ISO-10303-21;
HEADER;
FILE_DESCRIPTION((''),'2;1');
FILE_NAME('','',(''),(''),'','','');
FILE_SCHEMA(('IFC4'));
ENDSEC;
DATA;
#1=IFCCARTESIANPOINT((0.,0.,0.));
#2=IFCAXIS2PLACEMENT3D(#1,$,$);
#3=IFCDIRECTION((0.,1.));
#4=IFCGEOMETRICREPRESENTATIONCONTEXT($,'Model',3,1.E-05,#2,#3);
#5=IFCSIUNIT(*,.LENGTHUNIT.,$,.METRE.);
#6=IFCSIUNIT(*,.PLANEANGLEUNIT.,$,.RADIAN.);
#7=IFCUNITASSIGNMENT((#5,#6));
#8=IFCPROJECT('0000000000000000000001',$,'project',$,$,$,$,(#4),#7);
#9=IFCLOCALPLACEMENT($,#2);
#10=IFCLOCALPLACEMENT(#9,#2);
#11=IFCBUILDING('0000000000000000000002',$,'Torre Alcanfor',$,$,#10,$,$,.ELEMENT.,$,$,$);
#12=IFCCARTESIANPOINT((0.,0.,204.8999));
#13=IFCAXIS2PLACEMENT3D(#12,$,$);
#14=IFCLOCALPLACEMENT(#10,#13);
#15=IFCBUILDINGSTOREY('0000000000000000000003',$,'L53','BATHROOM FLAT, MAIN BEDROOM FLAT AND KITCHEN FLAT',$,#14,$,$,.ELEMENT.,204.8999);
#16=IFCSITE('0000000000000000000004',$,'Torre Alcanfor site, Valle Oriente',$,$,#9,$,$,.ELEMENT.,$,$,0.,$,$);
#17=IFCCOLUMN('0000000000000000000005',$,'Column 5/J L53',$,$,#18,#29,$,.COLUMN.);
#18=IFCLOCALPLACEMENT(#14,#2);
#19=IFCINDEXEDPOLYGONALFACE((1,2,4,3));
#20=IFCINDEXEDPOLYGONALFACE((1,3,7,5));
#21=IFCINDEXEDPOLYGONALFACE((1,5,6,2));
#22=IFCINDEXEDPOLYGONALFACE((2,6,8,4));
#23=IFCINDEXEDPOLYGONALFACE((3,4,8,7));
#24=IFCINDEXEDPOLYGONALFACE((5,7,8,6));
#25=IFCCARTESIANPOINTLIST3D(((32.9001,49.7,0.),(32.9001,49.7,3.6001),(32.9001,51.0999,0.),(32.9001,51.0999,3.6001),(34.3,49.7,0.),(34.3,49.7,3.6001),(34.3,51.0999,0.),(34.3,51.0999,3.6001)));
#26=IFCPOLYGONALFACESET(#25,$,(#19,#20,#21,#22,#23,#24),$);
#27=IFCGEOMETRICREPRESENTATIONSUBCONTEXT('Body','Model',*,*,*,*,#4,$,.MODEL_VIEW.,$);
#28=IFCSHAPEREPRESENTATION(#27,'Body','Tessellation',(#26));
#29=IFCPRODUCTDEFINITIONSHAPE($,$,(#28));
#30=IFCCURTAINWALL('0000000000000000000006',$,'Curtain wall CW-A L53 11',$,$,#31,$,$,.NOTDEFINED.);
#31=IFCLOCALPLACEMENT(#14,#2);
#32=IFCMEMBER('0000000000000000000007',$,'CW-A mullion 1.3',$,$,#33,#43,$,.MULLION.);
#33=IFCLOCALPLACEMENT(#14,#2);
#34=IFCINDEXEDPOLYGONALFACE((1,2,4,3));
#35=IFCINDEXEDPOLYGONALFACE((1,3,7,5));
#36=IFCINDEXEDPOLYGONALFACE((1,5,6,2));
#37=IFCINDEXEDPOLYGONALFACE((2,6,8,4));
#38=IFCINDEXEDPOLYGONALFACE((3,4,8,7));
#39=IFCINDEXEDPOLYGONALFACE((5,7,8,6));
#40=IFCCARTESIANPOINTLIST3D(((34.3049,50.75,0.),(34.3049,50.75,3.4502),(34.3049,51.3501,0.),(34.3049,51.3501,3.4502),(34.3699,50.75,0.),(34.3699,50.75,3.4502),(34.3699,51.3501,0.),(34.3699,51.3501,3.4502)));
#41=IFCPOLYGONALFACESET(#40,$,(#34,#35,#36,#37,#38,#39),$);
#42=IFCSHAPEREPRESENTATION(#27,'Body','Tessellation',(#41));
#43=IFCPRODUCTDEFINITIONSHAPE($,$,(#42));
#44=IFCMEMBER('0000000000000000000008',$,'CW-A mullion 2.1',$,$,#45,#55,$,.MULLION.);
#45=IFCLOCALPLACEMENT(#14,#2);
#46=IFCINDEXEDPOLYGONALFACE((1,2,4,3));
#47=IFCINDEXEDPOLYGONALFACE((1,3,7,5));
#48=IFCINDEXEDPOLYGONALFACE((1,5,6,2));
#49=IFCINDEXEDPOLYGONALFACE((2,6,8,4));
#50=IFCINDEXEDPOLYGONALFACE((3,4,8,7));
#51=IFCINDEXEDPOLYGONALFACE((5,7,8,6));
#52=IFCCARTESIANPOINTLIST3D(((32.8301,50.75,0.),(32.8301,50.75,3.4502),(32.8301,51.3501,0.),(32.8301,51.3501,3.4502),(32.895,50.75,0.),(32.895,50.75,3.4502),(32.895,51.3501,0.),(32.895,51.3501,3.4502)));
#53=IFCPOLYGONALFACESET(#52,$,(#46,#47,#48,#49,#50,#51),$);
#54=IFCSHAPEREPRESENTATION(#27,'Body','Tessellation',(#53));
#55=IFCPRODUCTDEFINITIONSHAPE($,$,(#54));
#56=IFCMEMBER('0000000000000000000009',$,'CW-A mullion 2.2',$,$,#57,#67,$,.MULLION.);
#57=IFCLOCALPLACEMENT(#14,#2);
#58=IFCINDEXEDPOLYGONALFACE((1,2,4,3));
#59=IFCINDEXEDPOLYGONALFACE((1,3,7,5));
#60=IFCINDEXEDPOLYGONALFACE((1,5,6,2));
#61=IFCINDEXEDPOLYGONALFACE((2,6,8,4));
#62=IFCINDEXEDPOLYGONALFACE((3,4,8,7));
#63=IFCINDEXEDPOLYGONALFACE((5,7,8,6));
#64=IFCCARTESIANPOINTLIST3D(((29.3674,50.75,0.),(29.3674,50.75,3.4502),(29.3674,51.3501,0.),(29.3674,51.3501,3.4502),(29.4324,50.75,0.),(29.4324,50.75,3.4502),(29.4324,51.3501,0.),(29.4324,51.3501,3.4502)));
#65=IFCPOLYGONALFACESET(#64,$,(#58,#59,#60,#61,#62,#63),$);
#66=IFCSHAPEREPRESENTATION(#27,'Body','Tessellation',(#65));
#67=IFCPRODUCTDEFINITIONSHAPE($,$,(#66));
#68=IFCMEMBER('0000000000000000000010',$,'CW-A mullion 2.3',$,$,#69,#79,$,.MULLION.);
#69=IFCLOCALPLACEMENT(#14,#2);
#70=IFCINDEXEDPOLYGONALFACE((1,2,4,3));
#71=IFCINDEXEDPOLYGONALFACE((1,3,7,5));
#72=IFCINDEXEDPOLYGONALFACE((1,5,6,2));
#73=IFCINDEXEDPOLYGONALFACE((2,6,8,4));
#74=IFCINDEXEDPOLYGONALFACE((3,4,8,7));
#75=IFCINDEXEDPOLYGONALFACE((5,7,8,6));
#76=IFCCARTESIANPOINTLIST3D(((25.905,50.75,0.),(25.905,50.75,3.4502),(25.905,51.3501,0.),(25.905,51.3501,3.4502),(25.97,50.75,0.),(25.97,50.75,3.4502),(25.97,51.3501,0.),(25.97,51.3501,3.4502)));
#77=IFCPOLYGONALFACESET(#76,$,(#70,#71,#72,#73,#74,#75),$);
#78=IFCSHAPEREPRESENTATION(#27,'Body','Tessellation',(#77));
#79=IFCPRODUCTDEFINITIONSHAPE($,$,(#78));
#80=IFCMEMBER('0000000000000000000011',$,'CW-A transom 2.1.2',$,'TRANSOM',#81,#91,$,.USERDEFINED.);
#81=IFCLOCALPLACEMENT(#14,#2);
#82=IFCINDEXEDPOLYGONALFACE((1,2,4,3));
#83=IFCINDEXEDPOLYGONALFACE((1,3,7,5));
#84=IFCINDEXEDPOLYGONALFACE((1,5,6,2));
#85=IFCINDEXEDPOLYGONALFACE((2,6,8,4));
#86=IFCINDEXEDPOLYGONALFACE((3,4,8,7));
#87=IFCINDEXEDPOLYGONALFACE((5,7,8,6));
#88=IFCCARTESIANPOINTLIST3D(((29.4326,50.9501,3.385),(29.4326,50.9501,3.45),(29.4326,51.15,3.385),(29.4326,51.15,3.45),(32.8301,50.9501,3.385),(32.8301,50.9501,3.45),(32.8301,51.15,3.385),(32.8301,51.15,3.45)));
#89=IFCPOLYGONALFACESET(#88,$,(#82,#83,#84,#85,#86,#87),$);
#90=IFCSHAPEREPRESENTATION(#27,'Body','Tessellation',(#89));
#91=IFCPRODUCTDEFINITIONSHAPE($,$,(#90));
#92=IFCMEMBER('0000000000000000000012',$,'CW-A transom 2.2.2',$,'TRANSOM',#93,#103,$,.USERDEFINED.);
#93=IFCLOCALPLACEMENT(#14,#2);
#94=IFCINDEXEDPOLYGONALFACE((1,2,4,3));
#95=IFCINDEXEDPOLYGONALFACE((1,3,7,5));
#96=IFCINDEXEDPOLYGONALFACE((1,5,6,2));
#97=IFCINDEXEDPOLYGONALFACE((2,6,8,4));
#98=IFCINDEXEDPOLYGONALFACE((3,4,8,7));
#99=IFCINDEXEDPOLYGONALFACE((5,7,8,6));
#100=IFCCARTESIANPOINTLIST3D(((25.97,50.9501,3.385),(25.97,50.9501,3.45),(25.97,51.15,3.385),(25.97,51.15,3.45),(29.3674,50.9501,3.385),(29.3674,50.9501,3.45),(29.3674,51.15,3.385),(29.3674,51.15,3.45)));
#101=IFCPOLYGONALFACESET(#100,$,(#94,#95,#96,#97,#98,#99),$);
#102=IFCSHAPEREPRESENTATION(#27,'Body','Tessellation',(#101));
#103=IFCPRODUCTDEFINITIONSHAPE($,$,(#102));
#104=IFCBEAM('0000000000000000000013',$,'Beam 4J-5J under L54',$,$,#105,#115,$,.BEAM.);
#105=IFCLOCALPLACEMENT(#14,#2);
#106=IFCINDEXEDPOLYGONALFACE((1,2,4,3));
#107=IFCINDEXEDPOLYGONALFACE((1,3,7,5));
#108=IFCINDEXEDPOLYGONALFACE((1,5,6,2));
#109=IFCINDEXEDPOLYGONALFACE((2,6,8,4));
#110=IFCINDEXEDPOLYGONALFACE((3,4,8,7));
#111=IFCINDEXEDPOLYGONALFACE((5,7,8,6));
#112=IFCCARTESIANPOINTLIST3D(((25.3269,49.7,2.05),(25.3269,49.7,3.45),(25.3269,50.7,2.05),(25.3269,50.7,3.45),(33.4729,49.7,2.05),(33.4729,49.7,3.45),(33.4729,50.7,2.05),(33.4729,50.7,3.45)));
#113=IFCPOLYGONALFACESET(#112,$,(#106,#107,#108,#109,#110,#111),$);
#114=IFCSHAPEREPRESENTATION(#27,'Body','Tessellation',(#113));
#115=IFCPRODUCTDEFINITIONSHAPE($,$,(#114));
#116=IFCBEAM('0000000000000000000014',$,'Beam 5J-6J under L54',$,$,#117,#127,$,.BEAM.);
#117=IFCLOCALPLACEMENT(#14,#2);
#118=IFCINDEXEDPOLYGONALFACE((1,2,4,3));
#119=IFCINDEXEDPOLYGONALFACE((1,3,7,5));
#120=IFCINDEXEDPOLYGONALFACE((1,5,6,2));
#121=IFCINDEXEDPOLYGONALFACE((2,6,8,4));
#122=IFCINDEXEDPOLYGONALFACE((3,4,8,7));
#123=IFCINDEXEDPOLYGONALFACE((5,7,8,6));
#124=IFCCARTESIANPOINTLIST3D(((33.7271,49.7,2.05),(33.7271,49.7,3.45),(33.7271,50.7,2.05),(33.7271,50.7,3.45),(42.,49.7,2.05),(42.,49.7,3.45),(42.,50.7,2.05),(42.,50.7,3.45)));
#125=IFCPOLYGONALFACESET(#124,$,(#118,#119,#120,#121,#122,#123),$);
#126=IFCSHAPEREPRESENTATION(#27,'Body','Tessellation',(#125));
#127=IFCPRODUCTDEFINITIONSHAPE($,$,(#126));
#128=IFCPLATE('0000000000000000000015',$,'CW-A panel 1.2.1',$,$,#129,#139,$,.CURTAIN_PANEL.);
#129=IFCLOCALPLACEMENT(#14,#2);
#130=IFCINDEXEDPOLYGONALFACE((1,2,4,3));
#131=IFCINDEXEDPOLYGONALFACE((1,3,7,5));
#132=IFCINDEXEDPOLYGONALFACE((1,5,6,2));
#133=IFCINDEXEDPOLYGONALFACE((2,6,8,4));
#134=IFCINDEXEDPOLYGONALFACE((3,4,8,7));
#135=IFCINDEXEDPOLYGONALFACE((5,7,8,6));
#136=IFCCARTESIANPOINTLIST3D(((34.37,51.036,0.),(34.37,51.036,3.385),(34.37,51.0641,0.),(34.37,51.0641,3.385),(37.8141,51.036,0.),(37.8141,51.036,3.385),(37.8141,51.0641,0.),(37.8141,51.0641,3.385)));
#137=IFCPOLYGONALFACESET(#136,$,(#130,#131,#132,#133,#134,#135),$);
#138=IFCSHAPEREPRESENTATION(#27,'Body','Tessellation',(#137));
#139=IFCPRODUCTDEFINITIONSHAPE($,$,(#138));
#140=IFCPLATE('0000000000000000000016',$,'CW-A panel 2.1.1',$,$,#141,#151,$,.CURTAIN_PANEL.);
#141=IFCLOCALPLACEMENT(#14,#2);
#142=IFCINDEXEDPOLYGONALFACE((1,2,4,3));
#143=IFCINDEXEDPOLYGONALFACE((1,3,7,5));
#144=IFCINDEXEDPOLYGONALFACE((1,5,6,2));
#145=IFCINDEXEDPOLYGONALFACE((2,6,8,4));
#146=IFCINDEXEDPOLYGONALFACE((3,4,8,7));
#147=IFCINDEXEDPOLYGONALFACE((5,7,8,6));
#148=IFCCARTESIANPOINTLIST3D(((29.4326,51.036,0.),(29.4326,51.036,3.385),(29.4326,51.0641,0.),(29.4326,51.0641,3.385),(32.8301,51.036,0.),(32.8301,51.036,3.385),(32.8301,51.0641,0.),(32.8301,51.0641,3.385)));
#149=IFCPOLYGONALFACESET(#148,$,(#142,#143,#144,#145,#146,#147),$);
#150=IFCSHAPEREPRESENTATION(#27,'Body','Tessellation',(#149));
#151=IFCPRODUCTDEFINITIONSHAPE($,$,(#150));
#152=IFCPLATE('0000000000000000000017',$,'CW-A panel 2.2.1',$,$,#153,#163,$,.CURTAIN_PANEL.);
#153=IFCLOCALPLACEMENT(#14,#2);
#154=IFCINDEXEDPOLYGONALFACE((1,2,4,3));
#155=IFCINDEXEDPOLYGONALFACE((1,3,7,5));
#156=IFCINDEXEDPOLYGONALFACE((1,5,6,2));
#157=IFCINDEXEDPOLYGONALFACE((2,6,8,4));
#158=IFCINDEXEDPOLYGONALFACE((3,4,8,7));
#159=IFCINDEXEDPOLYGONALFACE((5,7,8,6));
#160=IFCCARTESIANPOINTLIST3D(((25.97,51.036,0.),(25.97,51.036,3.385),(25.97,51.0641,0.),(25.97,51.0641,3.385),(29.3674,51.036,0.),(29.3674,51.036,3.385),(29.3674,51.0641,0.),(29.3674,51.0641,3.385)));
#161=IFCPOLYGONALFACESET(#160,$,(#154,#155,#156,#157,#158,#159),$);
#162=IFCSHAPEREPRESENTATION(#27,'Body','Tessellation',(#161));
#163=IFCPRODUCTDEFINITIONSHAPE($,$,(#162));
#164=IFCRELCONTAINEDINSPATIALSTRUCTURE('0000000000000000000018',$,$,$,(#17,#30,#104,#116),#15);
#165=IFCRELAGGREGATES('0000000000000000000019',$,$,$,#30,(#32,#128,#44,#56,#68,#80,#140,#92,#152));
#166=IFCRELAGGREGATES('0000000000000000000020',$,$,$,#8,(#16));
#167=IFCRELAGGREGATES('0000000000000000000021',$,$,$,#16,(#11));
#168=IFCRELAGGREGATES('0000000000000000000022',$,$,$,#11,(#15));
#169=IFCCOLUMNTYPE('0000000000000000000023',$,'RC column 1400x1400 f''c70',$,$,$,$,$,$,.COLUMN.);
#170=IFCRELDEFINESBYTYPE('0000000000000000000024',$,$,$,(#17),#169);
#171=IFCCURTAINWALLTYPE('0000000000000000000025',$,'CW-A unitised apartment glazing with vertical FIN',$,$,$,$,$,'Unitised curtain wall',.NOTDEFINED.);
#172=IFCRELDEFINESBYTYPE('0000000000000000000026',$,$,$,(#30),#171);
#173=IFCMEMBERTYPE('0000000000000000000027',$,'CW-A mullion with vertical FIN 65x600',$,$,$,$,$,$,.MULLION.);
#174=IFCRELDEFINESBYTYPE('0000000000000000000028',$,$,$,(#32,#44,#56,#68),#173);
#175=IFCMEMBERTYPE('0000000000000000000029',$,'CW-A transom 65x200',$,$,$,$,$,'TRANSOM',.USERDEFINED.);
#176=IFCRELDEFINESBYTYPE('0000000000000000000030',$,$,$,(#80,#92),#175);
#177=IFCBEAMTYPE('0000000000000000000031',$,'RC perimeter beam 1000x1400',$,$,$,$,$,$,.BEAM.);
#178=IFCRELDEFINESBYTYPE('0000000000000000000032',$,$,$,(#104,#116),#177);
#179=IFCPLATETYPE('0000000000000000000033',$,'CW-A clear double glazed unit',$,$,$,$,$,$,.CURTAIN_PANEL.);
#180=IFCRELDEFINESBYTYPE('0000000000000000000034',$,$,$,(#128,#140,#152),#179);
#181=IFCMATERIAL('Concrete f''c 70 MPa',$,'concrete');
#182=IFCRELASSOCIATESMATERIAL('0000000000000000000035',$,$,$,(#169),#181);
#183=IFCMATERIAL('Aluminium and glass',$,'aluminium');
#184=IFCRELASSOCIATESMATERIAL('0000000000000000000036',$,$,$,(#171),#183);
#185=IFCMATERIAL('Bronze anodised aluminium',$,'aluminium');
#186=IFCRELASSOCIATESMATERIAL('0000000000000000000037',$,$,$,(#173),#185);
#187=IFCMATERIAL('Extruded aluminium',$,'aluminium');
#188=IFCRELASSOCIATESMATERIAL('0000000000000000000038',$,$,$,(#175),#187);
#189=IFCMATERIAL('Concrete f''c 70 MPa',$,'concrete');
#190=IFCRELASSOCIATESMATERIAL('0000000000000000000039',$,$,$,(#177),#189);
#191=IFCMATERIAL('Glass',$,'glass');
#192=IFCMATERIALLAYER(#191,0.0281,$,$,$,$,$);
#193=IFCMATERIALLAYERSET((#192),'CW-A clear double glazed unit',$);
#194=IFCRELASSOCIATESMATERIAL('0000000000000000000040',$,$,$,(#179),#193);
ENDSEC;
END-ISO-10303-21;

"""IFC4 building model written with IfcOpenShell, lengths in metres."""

from ifc_helpers import new_model, si_unit, direction, frame, origin, origin_2d, place, context, subcontext, project, spatial, rectangle, extrude, material, layer, layer_set, material_profile, profile_set, type_object, element, aggregate, save


model = new_model("IFC4")

# Units and contexts
model_context = context("Model", 3, precision=1e-05, world=origin(), true_north=direction((0.0, 1.0)))
body_context = subcontext(model_context, "Body", "Model", "MODEL_VIEW")
ifc_project = project(units=[si_unit("LENGTHUNIT", "METRE"), si_unit("PLANEANGLEUNIT", "RADIAN")], contexts=[model_context])

# Site, building, storey
site_placement = place(None, origin())
site = spatial("IfcSite", under=ifc_project, at=site_placement, Name="Torre Alcanfor site, Valle Oriente", CompositionType="ELEMENT", RefElevation=0.0)
building_placement = place(site_placement, origin())
building = spatial("IfcBuilding", under=site, at=building_placement, Name="Torre Alcanfor", CompositionType="ELEMENT")
storey_placement = place(building_placement, frame((0.0, 0.0, 204.8999)))
storey = spatial("IfcBuildingStorey", under=building, at=storey_placement, Name="L53", Description="BATHROOM FLAT, MAIN BEDROOM FLAT AND KITCHEN FLAT", CompositionType="ELEMENT", Elevation=204.8999)

# Column
ifc_material_1 = material(Name="Concrete f'c 70 MPa", Category="concrete")
ifc_material_profile_1 = material_profile(ifc_material_1, rectangle(XDim=1.3999, YDim=1.3999, at=origin_2d()), Name="1400x1400")
ifc_profile_set_1 = profile_set([ifc_material_profile_1], Name="Concrete f'c 70 MPa")
column_type = type_object("IfcColumnType", Name="RC column 1400x1400 f'c70", PredefinedType="COLUMN", material=ifc_profile_set_1)
column_placement = place(storey_placement, frame((33.6001, 50.3999, 0.0), z_axis=(0.0, 0.0, 1.0), x_axis=(1.0, 0.0, 0.0)))
element("IfcColumn", 1, at=column_placement, inside=storey, type_object=column_type, Name="Column 5/J L53", PredefinedType="COLUMN", context=body_context, shape_type="SweptSolid", body=[
    extrude(rectangle(XDim=1.3999, YDim=1.3999, at=origin_2d()), origin(), (0.0, 0.0, 1.0), 3.6001),
])

# Curtain wall, members
ifc_material_2 = material(Name="Aluminium and glass", Category="aluminium")
curtain_wall_type = type_object("IfcCurtainWallType", Name="CW-A unitised apartment glazing with vertical FIN", ElementType="Unitised curtain wall", PredefinedType="NOTDEFINED", material=ifc_material_2)
curtain_wall_placement = place(storey_placement, origin())
curtain_wall = element("IfcCurtainWall", 2, at=curtain_wall_placement, inside=storey, type_object=curtain_wall_type, Name="Curtain wall CW-A L53 11", PredefinedType="NOTDEFINED")
ifc_material_3 = material(Name="Bronze anodised aluminium", Category="aluminium")
ifc_material_profile_2 = material_profile(ifc_material_3, rectangle(XDim=0.6001, YDim=0.0649, at=origin_2d()), Name="CW-A mullion 65x600")
ifc_profile_set_2 = profile_set([ifc_material_profile_2], Name="Bronze anodised aluminium")
member_type_1 = type_object("IfcMemberType", Name="CW-A mullion with vertical FIN 65x600", PredefinedType="MULLION", material=ifc_profile_set_2)
member_1_placement = place(storey_placement, frame((34.3374, 51.05, 0.0), z_axis=(0.0, 0.0, 1.0), x_axis=(0.0, -1.0, 0.0)))
member_1 = element("IfcMember", 3, at=member_1_placement, type_object=member_type_1, Name="CW-A mullion 1.3", PredefinedType="MULLION", context=body_context, shape_type="SweptSolid", body=[
    extrude(rectangle(XDim=0.6001, YDim=0.0649, at=origin_2d()), origin(), (0.0, 0.0, 1.0), 3.4502),
])
member_2_placement = place(storey_placement, frame((32.8625, 51.05, 0.0), z_axis=(0.0, 0.0, 1.0), x_axis=(0.0, -1.0, 0.0)))
member_2 = element("IfcMember", 4, at=member_2_placement, type_object=member_type_1, Name="CW-A mullion 2.1", PredefinedType="MULLION", context=body_context, shape_type="SweptSolid", body=[
    extrude(rectangle(XDim=0.6001, YDim=0.0649, at=origin_2d()), origin(), (0.0, 0.0, 1.0), 3.4502),
])
member_3_placement = place(storey_placement, frame((29.3999, 51.05, 0.0), z_axis=(0.0, 0.0, 1.0), x_axis=(0.0, -1.0, 0.0)))
member_3 = element("IfcMember", 5, at=member_3_placement, type_object=member_type_1, Name="CW-A mullion 2.2", PredefinedType="MULLION", context=body_context, shape_type="SweptSolid", body=[
    extrude(rectangle(XDim=0.6001, YDim=0.0649, at=origin_2d()), origin(), (0.0, 0.0, 1.0), 3.4502),
])
member_4_placement = place(storey_placement, frame((25.9375, 51.05, 0.0), z_axis=(0.0, 0.0, 1.0), x_axis=(0.0, -1.0, 0.0)))
member_4 = element("IfcMember", 6, at=member_4_placement, type_object=member_type_1, Name="CW-A mullion 2.3", PredefinedType="MULLION", context=body_context, shape_type="SweptSolid", body=[
    extrude(rectangle(XDim=0.6001, YDim=0.0649, at=origin_2d()), origin(), (0.0, 0.0, 1.0), 3.4502),
])
ifc_material_4 = material(Name="Extruded aluminium", Category="aluminium")
ifc_material_profile_3 = material_profile(ifc_material_4, rectangle(XDim=0.2, YDim=0.0649, at=origin_2d()), Name="CW-A transom 200x65")
ifc_profile_set_3 = profile_set([ifc_material_profile_3], Name="Extruded aluminium")
member_type_2 = type_object("IfcMemberType", Name="CW-A transom 65x200", ElementType="TRANSOM", PredefinedType="USERDEFINED", material=ifc_profile_set_3)
member_5_placement = place(storey_placement, frame((32.8301, 51.05, 3.4175), z_axis=(-1.0, 0.0, 0.0), x_axis=(0.0, -1.0, 0.0)))
member_5 = element("IfcMember", 7, at=member_5_placement, type_object=member_type_2, Name="CW-A transom 2.1.2", ObjectType="TRANSOM", PredefinedType="USERDEFINED", context=body_context, shape_type="SweptSolid", body=[
    extrude(rectangle(XDim=0.2, YDim=0.0649, at=origin_2d()), origin(), (0.0, 0.0, 1.0), 3.3975),
])
member_6_placement = place(storey_placement, frame((29.3674, 51.05, 3.4175), z_axis=(-1.0, 0.0, 0.0), x_axis=(0.0, -1.0, 0.0)))
member_6 = element("IfcMember", 8, at=member_6_placement, type_object=member_type_2, Name="CW-A transom 2.2.2", ObjectType="TRANSOM", PredefinedType="USERDEFINED", context=body_context, shape_type="SweptSolid", body=[
    extrude(rectangle(XDim=0.2, YDim=0.0649, at=origin_2d()), origin(), (0.0, 0.0, 1.0), 3.3975),
])

# Beams
ifc_material_5 = material(Name="Concrete f'c 70 MPa", Category="concrete")
ifc_material_profile_4 = material_profile(ifc_material_5, rectangle(XDim=1.0, YDim=1.3999, at=origin_2d()), Name="1000x1400")
ifc_profile_set_4 = profile_set([ifc_material_profile_4], Name="Concrete f'c 70 MPa")
beam_type = type_object("IfcBeamType", Name="RC perimeter beam 1000x1400", PredefinedType="BEAM", material=ifc_profile_set_4)
beam_1_placement = place(storey_placement, frame((25.3269, 50.2, 2.75), z_axis=(1.0, 0.0, 0.0), x_axis=(0.0, 1.0, 0.0)))
element("IfcBeam", 9, at=beam_1_placement, inside=storey, type_object=beam_type, Name="Beam 4J-5J under L54", PredefinedType="BEAM", context=body_context, shape_type="SweptSolid", body=[
    extrude(rectangle(XDim=1.0, YDim=1.3999, at=origin_2d()), origin(), (0.0, 0.0, 1.0), 8.146),
])
beam_2_placement = place(storey_placement, frame((33.7271, 50.2, 2.75), z_axis=(1.0, 0.0, 0.0), x_axis=(0.0, 1.0, 0.0)))
element("IfcBeam", 10, at=beam_2_placement, inside=storey, type_object=beam_type, Name="Beam 5J-6J under L54", PredefinedType="BEAM", context=body_context, shape_type="SweptSolid", body=[
    extrude(rectangle(XDim=1.0, YDim=1.3999, at=origin_2d()), origin(), (0.0, 0.0, 1.0), 8.2729),
])

# Plates
ifc_material_6 = material(Name="Glass", Category="glass")
ifc_layer_1 = layer(ifc_material_6, 0.0281)
ifc_layer_set_1 = layer_set([ifc_layer_1], Name="CW-A clear double glazed unit")
plate_type = type_object("IfcPlateType", Name="CW-A clear double glazed unit", PredefinedType="CURTAIN_PANEL", material=ifc_layer_set_1)
plate_1_placement = place(storey_placement, frame((36.092, 51.05, 0.0), z_axis=(0.0, 0.0, 1.0), x_axis=(-1.0, 0.0, 0.0)))
plate_1 = element("IfcPlate", 11, at=plate_1_placement, type_object=plate_type, Name="CW-A panel 1.2.1", PredefinedType="CURTAIN_PANEL", context=body_context, shape_type="SweptSolid", body=[
    extrude(rectangle(XDim=3.4441, YDim=0.0281, at=origin_2d()), origin(), (0.0, 0.0, 1.0), 3.385),
])
plate_2_placement = place(storey_placement, frame((31.1313, 51.05, 0.0), z_axis=(0.0, 0.0, 1.0), x_axis=(-1.0, 0.0, 0.0)))
plate_2 = element("IfcPlate", 12, at=plate_2_placement, type_object=plate_type, Name="CW-A panel 2.1.1", PredefinedType="CURTAIN_PANEL", context=body_context, shape_type="SweptSolid", body=[
    extrude(rectangle(XDim=3.3975, YDim=0.0281, at=origin_2d()), origin(), (0.0, 0.0, 1.0), 3.385),
])
plate_3_placement = place(storey_placement, frame((27.6687, 51.05, 0.0), z_axis=(0.0, 0.0, 1.0), x_axis=(-1.0, 0.0, 0.0)))
plate_3 = element("IfcPlate", 13, at=plate_3_placement, type_object=plate_type, Name="CW-A panel 2.2.1", PredefinedType="CURTAIN_PANEL", context=body_context, shape_type="SweptSolid", body=[
    extrude(rectangle(XDim=3.3975, YDim=0.0281, at=origin_2d()), origin(), (0.0, 0.0, 1.0), 3.385),
])
aggregate(curtain_wall, [member_1, plate_1, member_2, member_3, member_4, member_5, plate_2, member_6, plate_3])

save(model, "model.ifc")
